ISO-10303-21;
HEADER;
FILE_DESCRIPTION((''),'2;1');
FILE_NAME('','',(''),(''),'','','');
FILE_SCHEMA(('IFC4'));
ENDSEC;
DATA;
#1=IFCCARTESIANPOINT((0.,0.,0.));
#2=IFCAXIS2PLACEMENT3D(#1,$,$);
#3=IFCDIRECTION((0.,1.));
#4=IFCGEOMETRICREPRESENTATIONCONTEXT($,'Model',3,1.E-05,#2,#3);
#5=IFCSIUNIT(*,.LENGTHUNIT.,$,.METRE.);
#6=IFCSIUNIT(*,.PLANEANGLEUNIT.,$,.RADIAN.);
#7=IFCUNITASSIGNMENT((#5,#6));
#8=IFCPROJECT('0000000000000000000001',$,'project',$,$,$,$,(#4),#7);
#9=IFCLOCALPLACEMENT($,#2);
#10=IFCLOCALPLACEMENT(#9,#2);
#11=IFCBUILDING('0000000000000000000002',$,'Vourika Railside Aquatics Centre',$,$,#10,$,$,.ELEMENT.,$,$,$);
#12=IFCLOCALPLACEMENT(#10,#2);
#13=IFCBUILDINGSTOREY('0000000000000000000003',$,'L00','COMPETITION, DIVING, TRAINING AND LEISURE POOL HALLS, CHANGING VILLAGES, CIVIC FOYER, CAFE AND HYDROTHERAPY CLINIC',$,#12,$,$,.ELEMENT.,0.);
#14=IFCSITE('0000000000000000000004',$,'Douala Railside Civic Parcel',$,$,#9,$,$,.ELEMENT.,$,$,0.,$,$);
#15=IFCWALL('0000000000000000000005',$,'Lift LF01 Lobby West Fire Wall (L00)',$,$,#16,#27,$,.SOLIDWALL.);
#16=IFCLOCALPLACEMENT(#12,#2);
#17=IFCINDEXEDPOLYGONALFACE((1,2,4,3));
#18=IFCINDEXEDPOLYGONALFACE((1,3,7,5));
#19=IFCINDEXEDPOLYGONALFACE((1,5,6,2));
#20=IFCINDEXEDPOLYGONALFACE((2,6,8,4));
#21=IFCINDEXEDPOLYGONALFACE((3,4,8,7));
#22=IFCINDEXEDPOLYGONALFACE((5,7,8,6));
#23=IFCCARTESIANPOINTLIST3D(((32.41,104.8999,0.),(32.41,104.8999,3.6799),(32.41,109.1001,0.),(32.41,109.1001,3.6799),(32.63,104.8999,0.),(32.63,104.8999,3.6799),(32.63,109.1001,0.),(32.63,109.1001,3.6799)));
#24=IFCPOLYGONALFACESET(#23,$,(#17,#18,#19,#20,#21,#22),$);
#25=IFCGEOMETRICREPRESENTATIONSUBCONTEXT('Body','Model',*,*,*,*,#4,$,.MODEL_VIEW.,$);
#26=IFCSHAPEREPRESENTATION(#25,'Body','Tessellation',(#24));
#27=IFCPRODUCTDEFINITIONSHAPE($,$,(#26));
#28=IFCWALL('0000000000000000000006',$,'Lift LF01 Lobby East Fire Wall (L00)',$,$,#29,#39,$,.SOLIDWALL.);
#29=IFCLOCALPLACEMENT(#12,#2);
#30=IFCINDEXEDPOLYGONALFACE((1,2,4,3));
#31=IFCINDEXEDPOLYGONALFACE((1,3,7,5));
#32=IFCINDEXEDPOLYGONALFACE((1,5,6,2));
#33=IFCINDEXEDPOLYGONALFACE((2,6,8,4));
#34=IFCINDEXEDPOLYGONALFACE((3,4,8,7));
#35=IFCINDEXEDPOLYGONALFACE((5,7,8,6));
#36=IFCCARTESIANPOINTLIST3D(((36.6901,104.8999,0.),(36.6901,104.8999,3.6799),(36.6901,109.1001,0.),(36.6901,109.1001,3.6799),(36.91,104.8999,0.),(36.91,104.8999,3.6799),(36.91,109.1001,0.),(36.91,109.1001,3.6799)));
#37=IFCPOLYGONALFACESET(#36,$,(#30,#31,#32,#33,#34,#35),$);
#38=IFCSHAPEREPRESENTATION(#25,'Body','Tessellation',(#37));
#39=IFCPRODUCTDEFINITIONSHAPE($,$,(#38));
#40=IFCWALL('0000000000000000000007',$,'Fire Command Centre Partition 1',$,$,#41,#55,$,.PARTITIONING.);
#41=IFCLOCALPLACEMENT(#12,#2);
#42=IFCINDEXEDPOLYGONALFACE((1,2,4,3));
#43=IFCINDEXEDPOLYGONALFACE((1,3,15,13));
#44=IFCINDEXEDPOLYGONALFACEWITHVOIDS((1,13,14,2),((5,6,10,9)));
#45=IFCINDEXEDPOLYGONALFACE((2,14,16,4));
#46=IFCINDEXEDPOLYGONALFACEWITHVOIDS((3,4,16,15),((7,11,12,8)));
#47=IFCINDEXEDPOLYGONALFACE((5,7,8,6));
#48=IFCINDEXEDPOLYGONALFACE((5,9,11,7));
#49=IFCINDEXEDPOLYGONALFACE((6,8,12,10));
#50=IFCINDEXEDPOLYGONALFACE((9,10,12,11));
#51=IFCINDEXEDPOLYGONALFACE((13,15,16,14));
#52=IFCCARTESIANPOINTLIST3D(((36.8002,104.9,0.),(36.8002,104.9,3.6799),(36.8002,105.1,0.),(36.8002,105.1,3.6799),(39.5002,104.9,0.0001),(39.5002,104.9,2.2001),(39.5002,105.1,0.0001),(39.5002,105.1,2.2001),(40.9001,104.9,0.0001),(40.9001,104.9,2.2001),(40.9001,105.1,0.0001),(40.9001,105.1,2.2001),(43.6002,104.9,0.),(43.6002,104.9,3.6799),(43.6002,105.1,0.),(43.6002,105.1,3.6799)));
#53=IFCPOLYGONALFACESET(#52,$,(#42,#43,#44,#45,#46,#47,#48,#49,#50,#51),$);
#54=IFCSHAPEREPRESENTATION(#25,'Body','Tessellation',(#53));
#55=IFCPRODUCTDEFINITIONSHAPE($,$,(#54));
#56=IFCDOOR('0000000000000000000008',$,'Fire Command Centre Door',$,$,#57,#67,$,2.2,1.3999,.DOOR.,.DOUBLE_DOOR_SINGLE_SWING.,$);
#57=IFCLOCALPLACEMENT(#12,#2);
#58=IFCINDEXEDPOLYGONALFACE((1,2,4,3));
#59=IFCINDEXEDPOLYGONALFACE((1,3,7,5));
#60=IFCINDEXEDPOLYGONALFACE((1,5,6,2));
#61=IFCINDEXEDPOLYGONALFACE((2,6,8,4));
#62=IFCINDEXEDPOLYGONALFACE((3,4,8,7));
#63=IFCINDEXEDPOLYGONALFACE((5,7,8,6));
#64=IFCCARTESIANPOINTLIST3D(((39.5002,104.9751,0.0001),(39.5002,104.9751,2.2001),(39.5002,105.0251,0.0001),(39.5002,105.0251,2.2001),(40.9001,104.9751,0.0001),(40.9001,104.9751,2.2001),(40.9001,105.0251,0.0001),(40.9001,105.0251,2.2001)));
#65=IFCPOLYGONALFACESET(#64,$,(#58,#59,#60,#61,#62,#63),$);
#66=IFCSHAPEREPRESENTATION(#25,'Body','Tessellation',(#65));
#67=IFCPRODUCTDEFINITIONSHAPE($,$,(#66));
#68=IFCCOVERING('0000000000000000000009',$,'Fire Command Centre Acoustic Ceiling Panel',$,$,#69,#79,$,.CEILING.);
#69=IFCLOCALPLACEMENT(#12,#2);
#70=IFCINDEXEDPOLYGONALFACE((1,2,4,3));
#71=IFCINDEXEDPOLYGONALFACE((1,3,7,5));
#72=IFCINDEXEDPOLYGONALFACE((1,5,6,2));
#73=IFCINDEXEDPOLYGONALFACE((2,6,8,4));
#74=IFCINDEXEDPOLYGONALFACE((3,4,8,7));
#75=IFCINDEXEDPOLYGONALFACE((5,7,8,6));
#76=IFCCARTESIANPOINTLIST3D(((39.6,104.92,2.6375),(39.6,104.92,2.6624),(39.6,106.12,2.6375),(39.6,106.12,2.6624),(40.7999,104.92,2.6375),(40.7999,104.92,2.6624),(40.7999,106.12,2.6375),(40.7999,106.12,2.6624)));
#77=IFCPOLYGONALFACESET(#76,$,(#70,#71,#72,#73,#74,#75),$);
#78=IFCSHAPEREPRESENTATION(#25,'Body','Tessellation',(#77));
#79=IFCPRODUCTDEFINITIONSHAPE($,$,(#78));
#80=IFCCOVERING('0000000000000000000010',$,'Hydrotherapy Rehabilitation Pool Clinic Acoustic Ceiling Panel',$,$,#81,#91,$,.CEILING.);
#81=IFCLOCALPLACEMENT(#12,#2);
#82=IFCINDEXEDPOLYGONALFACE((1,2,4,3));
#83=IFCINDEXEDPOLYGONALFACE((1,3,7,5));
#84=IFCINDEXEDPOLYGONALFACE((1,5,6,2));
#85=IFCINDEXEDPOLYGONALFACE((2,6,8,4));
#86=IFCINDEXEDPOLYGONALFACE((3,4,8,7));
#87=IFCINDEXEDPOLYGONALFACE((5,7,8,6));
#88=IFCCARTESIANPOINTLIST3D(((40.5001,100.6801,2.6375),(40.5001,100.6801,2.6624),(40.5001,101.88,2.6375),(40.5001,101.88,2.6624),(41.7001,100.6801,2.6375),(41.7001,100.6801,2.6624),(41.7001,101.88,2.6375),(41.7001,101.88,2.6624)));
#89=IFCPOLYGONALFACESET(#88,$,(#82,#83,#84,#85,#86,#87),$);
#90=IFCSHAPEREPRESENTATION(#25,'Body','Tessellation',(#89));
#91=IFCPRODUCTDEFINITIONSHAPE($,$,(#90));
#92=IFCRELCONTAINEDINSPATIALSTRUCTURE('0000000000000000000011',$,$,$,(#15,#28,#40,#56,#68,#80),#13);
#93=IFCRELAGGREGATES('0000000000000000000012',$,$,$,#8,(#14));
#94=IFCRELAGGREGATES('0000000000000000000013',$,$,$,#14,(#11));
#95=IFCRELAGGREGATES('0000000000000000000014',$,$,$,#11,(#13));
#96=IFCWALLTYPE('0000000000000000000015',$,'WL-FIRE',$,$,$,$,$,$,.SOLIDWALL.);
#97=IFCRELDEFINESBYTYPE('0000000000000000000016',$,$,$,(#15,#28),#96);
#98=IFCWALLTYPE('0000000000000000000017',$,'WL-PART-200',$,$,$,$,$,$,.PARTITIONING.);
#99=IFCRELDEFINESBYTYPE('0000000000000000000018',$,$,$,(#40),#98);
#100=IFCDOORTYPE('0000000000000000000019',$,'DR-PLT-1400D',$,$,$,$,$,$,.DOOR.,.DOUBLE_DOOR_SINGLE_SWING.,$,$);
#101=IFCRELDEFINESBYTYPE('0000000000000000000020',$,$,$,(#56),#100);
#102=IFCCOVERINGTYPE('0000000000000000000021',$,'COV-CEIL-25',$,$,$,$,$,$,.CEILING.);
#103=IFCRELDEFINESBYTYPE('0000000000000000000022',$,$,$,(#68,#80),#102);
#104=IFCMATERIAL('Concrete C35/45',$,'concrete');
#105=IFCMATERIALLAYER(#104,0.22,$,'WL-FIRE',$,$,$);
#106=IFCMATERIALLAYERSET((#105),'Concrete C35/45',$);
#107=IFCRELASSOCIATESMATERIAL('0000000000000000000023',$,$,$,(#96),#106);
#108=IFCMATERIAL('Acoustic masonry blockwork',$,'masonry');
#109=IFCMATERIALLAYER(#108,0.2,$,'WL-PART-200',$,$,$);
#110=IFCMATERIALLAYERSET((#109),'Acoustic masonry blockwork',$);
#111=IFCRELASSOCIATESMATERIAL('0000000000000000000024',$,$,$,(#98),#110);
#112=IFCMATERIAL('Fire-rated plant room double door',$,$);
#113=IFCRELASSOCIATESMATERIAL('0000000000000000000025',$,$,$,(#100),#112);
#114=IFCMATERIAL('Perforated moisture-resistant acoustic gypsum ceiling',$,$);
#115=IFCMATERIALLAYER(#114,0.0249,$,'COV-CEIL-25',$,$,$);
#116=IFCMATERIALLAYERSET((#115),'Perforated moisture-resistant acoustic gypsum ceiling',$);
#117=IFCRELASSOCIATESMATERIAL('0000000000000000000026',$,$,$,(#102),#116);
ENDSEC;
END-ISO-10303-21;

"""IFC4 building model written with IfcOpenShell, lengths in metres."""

from ifc_helpers import new_model, si_unit, direction, frame, frame_2d, origin, origin_2d, place, context, subcontext, project, spatial, rectangle, extrude, material, layer, layer_set, type_object, element, fill, save


model = new_model("IFC4")

# Units and contexts
model_context = context("Model", 3, precision=1e-05, world=origin(), true_north=direction((0.0, 1.0)))
body_context = subcontext(model_context, "Body", "Model", "MODEL_VIEW")
ifc_project = project(units=[si_unit("LENGTHUNIT", "METRE"), si_unit("PLANEANGLEUNIT", "RADIAN")], contexts=[model_context])

# Site, building, storey
site_placement = place(None, origin())
site = spatial("IfcSite", under=ifc_project, at=site_placement, Name="Douala Railside Civic Parcel", CompositionType="ELEMENT", RefElevation=0.0)
building_placement = place(site_placement, origin())
building = spatial("IfcBuilding", under=site, at=building_placement, Name="Vourika Railside Aquatics Centre", CompositionType="ELEMENT")
storey_placement = place(building_placement, origin())
storey = spatial("IfcBuildingStorey", under=building, at=storey_placement, Name="L00", Description="COMPETITION, DIVING, TRAINING AND LEISURE POOL HALLS, CHANGING VILLAGES, CIVIC FOYER, CAFE AND HYDROTHERAPY CLINIC", CompositionType="ELEMENT", Elevation=0.0)

# Shared definitions
ifc_material_1 = material(Name="Concrete C35/45", Category="concrete")

# Shared definitions
ifc_layer_1 = layer(ifc_material_1, 0.22, Name="WL-FIRE")
ifc_layer_set_1 = layer_set([ifc_layer_1], Name="Concrete C35/45")
wall_type_1 = type_object("IfcWallType", Name="WL-FIRE", PredefinedType="SOLIDWALL", material=ifc_layer_set_1)

# Walls
for number, where, z_axis, x_axis, name in (
    (1, (32.52, 104.8999, 0.0), (0.0, 0.0, 1.0), (0.0, 1.0, 0.0), "Lift LF01 Lobby West Fire Wall (L00)"),
    (2, (36.8, 104.8999, 0.0), (0.0, 0.0, 1.0), (0.0, 1.0, 0.0), "Lift LF01 Lobby East Fire Wall (L00)"),
):
    element("IfcWall", number, at=place(storey_placement, frame(where, z_axis=z_axis, x_axis=x_axis)), inside=storey, type_object=wall_type_1, Name=name, PredefinedType="SOLIDWALL", context=body_context, shape_type="SweptSolid", body=[
        extrude(rectangle(XDim=4.2002, YDim=0.22, at=frame_2d((2.1001, 0.0))), origin(), (0.0, 0.0, 1.0), 3.6799),
    ])

# Wall, opening, door
ifc_material_2 = material(Name="Acoustic masonry blockwork", Category="masonry")
ifc_layer_2 = layer(ifc_material_2, 0.2, Name="WL-PART-200")
ifc_layer_set_2 = layer_set([ifc_layer_2], Name="Acoustic masonry blockwork")
wall_type_2 = type_object("IfcWallType", Name="WL-PART-200", PredefinedType="PARTITIONING", material=ifc_layer_set_2)
wall_1_placement = place(storey_placement, frame((43.6001, 105.0, 0.0), z_axis=(0.0, 0.0, 1.0), x_axis=(-1.0, 0.0, 0.0)))
wall_1 = element("IfcWall", 3, at=wall_1_placement, inside=storey, type_object=wall_type_2, Name="Fire Command Centre Partition 1", PredefinedType="PARTITIONING", context=body_context, shape_type="SweptSolid", body=[
    extrude(rectangle(XDim=6.8, YDim=0.2, at=frame_2d((3.3999, 0.0))), origin(), (0.0, 0.0, 1.0), 3.6799),
])
opening_1_placement = place(wall_1_placement, frame((2.7, 0.0, 0.0)))
opening_1 = element("IfcOpeningElement", 4, at=opening_1_placement, cuts=wall_1, PredefinedType="OPENING", context=body_context, shape_type="SweptSolid", body=[
    extrude(rectangle(XDim=1.3999, YDim=2.2, at=frame_2d((0.7, 1.1001))), frame((0.0, 0.1099, 0.0), z_axis=(0.0, -1.0, 0.0), x_axis=(1.0, 0.0, 0.0)), (0.0, 0.0, 1.0), 0.22),
])
ifc_material_3 = material(Name="Fire-rated plant room double door")
door_type_1 = type_object("IfcDoorType", Name="DR-PLT-1400D", OperationType="DOUBLE_DOOR_SINGLE_SWING", PredefinedType="DOOR", material=ifc_material_3)
door_1_placement = place(opening_1_placement, origin())
door_1 = element("IfcDoor", 5, at=door_1_placement, inside=storey, type_object=door_type_1, Name="Fire Command Centre Door", OperationType="DOUBLE_DOOR_SINGLE_SWING", OverallHeight=2.2, OverallWidth=1.3999, PredefinedType="DOOR", context=body_context, shape_type="SweptSolid", body=[
    extrude(rectangle(XDim=1.3999, YDim=2.2, at=frame_2d((0.7, 1.1001))), frame((0.0, 0.0249, 0.0), z_axis=(0.0, -1.0, 0.0), x_axis=(1.0, 0.0, 0.0)), (0.0, 0.0, 1.0), 0.05),
])
fill(opening_1, door_1)

# Coverings
ifc_material_4 = material(Name="Perforated moisture-resistant acoustic gypsum ceiling")
ifc_layer_3 = layer(ifc_material_4, 0.0249, Name="COV-CEIL-25")
ifc_layer_set_3 = layer_set([ifc_layer_3], Name="Perforated moisture-resistant acoustic gypsum ceiling")
covering_type = type_object("IfcCoveringType", Name="COV-CEIL-25", PredefinedType="CEILING", material=ifc_layer_set_3)
for number, where, z_axis, x_axis, name in (
    (6, (40.2, 105.52, 2.6375), (0.0, 0.0, 1.0), (1.0, 0.0, 0.0), "Fire Command Centre Acoustic Ceiling Panel"),
    (7, (41.1001, 101.28, 2.6375), (0.0, 0.0, 1.0), (1.0, 0.0, 0.0), "Hydrotherapy Rehabilitation Pool Clinic Acoustic Ceiling Panel"),
):
    element("IfcCovering", number, at=place(storey_placement, frame(where, z_axis=z_axis, x_axis=x_axis)), inside=storey, type_object=covering_type, Name=name, PredefinedType="CEILING", context=body_context, shape_type="SweptSolid", body=[
        extrude(rectangle(XDim=1.2, YDim=1.2, at=origin_2d()), origin(), (0.0, 0.0, 1.0), 0.0249),
    ])

save(model, "model.ifc")
